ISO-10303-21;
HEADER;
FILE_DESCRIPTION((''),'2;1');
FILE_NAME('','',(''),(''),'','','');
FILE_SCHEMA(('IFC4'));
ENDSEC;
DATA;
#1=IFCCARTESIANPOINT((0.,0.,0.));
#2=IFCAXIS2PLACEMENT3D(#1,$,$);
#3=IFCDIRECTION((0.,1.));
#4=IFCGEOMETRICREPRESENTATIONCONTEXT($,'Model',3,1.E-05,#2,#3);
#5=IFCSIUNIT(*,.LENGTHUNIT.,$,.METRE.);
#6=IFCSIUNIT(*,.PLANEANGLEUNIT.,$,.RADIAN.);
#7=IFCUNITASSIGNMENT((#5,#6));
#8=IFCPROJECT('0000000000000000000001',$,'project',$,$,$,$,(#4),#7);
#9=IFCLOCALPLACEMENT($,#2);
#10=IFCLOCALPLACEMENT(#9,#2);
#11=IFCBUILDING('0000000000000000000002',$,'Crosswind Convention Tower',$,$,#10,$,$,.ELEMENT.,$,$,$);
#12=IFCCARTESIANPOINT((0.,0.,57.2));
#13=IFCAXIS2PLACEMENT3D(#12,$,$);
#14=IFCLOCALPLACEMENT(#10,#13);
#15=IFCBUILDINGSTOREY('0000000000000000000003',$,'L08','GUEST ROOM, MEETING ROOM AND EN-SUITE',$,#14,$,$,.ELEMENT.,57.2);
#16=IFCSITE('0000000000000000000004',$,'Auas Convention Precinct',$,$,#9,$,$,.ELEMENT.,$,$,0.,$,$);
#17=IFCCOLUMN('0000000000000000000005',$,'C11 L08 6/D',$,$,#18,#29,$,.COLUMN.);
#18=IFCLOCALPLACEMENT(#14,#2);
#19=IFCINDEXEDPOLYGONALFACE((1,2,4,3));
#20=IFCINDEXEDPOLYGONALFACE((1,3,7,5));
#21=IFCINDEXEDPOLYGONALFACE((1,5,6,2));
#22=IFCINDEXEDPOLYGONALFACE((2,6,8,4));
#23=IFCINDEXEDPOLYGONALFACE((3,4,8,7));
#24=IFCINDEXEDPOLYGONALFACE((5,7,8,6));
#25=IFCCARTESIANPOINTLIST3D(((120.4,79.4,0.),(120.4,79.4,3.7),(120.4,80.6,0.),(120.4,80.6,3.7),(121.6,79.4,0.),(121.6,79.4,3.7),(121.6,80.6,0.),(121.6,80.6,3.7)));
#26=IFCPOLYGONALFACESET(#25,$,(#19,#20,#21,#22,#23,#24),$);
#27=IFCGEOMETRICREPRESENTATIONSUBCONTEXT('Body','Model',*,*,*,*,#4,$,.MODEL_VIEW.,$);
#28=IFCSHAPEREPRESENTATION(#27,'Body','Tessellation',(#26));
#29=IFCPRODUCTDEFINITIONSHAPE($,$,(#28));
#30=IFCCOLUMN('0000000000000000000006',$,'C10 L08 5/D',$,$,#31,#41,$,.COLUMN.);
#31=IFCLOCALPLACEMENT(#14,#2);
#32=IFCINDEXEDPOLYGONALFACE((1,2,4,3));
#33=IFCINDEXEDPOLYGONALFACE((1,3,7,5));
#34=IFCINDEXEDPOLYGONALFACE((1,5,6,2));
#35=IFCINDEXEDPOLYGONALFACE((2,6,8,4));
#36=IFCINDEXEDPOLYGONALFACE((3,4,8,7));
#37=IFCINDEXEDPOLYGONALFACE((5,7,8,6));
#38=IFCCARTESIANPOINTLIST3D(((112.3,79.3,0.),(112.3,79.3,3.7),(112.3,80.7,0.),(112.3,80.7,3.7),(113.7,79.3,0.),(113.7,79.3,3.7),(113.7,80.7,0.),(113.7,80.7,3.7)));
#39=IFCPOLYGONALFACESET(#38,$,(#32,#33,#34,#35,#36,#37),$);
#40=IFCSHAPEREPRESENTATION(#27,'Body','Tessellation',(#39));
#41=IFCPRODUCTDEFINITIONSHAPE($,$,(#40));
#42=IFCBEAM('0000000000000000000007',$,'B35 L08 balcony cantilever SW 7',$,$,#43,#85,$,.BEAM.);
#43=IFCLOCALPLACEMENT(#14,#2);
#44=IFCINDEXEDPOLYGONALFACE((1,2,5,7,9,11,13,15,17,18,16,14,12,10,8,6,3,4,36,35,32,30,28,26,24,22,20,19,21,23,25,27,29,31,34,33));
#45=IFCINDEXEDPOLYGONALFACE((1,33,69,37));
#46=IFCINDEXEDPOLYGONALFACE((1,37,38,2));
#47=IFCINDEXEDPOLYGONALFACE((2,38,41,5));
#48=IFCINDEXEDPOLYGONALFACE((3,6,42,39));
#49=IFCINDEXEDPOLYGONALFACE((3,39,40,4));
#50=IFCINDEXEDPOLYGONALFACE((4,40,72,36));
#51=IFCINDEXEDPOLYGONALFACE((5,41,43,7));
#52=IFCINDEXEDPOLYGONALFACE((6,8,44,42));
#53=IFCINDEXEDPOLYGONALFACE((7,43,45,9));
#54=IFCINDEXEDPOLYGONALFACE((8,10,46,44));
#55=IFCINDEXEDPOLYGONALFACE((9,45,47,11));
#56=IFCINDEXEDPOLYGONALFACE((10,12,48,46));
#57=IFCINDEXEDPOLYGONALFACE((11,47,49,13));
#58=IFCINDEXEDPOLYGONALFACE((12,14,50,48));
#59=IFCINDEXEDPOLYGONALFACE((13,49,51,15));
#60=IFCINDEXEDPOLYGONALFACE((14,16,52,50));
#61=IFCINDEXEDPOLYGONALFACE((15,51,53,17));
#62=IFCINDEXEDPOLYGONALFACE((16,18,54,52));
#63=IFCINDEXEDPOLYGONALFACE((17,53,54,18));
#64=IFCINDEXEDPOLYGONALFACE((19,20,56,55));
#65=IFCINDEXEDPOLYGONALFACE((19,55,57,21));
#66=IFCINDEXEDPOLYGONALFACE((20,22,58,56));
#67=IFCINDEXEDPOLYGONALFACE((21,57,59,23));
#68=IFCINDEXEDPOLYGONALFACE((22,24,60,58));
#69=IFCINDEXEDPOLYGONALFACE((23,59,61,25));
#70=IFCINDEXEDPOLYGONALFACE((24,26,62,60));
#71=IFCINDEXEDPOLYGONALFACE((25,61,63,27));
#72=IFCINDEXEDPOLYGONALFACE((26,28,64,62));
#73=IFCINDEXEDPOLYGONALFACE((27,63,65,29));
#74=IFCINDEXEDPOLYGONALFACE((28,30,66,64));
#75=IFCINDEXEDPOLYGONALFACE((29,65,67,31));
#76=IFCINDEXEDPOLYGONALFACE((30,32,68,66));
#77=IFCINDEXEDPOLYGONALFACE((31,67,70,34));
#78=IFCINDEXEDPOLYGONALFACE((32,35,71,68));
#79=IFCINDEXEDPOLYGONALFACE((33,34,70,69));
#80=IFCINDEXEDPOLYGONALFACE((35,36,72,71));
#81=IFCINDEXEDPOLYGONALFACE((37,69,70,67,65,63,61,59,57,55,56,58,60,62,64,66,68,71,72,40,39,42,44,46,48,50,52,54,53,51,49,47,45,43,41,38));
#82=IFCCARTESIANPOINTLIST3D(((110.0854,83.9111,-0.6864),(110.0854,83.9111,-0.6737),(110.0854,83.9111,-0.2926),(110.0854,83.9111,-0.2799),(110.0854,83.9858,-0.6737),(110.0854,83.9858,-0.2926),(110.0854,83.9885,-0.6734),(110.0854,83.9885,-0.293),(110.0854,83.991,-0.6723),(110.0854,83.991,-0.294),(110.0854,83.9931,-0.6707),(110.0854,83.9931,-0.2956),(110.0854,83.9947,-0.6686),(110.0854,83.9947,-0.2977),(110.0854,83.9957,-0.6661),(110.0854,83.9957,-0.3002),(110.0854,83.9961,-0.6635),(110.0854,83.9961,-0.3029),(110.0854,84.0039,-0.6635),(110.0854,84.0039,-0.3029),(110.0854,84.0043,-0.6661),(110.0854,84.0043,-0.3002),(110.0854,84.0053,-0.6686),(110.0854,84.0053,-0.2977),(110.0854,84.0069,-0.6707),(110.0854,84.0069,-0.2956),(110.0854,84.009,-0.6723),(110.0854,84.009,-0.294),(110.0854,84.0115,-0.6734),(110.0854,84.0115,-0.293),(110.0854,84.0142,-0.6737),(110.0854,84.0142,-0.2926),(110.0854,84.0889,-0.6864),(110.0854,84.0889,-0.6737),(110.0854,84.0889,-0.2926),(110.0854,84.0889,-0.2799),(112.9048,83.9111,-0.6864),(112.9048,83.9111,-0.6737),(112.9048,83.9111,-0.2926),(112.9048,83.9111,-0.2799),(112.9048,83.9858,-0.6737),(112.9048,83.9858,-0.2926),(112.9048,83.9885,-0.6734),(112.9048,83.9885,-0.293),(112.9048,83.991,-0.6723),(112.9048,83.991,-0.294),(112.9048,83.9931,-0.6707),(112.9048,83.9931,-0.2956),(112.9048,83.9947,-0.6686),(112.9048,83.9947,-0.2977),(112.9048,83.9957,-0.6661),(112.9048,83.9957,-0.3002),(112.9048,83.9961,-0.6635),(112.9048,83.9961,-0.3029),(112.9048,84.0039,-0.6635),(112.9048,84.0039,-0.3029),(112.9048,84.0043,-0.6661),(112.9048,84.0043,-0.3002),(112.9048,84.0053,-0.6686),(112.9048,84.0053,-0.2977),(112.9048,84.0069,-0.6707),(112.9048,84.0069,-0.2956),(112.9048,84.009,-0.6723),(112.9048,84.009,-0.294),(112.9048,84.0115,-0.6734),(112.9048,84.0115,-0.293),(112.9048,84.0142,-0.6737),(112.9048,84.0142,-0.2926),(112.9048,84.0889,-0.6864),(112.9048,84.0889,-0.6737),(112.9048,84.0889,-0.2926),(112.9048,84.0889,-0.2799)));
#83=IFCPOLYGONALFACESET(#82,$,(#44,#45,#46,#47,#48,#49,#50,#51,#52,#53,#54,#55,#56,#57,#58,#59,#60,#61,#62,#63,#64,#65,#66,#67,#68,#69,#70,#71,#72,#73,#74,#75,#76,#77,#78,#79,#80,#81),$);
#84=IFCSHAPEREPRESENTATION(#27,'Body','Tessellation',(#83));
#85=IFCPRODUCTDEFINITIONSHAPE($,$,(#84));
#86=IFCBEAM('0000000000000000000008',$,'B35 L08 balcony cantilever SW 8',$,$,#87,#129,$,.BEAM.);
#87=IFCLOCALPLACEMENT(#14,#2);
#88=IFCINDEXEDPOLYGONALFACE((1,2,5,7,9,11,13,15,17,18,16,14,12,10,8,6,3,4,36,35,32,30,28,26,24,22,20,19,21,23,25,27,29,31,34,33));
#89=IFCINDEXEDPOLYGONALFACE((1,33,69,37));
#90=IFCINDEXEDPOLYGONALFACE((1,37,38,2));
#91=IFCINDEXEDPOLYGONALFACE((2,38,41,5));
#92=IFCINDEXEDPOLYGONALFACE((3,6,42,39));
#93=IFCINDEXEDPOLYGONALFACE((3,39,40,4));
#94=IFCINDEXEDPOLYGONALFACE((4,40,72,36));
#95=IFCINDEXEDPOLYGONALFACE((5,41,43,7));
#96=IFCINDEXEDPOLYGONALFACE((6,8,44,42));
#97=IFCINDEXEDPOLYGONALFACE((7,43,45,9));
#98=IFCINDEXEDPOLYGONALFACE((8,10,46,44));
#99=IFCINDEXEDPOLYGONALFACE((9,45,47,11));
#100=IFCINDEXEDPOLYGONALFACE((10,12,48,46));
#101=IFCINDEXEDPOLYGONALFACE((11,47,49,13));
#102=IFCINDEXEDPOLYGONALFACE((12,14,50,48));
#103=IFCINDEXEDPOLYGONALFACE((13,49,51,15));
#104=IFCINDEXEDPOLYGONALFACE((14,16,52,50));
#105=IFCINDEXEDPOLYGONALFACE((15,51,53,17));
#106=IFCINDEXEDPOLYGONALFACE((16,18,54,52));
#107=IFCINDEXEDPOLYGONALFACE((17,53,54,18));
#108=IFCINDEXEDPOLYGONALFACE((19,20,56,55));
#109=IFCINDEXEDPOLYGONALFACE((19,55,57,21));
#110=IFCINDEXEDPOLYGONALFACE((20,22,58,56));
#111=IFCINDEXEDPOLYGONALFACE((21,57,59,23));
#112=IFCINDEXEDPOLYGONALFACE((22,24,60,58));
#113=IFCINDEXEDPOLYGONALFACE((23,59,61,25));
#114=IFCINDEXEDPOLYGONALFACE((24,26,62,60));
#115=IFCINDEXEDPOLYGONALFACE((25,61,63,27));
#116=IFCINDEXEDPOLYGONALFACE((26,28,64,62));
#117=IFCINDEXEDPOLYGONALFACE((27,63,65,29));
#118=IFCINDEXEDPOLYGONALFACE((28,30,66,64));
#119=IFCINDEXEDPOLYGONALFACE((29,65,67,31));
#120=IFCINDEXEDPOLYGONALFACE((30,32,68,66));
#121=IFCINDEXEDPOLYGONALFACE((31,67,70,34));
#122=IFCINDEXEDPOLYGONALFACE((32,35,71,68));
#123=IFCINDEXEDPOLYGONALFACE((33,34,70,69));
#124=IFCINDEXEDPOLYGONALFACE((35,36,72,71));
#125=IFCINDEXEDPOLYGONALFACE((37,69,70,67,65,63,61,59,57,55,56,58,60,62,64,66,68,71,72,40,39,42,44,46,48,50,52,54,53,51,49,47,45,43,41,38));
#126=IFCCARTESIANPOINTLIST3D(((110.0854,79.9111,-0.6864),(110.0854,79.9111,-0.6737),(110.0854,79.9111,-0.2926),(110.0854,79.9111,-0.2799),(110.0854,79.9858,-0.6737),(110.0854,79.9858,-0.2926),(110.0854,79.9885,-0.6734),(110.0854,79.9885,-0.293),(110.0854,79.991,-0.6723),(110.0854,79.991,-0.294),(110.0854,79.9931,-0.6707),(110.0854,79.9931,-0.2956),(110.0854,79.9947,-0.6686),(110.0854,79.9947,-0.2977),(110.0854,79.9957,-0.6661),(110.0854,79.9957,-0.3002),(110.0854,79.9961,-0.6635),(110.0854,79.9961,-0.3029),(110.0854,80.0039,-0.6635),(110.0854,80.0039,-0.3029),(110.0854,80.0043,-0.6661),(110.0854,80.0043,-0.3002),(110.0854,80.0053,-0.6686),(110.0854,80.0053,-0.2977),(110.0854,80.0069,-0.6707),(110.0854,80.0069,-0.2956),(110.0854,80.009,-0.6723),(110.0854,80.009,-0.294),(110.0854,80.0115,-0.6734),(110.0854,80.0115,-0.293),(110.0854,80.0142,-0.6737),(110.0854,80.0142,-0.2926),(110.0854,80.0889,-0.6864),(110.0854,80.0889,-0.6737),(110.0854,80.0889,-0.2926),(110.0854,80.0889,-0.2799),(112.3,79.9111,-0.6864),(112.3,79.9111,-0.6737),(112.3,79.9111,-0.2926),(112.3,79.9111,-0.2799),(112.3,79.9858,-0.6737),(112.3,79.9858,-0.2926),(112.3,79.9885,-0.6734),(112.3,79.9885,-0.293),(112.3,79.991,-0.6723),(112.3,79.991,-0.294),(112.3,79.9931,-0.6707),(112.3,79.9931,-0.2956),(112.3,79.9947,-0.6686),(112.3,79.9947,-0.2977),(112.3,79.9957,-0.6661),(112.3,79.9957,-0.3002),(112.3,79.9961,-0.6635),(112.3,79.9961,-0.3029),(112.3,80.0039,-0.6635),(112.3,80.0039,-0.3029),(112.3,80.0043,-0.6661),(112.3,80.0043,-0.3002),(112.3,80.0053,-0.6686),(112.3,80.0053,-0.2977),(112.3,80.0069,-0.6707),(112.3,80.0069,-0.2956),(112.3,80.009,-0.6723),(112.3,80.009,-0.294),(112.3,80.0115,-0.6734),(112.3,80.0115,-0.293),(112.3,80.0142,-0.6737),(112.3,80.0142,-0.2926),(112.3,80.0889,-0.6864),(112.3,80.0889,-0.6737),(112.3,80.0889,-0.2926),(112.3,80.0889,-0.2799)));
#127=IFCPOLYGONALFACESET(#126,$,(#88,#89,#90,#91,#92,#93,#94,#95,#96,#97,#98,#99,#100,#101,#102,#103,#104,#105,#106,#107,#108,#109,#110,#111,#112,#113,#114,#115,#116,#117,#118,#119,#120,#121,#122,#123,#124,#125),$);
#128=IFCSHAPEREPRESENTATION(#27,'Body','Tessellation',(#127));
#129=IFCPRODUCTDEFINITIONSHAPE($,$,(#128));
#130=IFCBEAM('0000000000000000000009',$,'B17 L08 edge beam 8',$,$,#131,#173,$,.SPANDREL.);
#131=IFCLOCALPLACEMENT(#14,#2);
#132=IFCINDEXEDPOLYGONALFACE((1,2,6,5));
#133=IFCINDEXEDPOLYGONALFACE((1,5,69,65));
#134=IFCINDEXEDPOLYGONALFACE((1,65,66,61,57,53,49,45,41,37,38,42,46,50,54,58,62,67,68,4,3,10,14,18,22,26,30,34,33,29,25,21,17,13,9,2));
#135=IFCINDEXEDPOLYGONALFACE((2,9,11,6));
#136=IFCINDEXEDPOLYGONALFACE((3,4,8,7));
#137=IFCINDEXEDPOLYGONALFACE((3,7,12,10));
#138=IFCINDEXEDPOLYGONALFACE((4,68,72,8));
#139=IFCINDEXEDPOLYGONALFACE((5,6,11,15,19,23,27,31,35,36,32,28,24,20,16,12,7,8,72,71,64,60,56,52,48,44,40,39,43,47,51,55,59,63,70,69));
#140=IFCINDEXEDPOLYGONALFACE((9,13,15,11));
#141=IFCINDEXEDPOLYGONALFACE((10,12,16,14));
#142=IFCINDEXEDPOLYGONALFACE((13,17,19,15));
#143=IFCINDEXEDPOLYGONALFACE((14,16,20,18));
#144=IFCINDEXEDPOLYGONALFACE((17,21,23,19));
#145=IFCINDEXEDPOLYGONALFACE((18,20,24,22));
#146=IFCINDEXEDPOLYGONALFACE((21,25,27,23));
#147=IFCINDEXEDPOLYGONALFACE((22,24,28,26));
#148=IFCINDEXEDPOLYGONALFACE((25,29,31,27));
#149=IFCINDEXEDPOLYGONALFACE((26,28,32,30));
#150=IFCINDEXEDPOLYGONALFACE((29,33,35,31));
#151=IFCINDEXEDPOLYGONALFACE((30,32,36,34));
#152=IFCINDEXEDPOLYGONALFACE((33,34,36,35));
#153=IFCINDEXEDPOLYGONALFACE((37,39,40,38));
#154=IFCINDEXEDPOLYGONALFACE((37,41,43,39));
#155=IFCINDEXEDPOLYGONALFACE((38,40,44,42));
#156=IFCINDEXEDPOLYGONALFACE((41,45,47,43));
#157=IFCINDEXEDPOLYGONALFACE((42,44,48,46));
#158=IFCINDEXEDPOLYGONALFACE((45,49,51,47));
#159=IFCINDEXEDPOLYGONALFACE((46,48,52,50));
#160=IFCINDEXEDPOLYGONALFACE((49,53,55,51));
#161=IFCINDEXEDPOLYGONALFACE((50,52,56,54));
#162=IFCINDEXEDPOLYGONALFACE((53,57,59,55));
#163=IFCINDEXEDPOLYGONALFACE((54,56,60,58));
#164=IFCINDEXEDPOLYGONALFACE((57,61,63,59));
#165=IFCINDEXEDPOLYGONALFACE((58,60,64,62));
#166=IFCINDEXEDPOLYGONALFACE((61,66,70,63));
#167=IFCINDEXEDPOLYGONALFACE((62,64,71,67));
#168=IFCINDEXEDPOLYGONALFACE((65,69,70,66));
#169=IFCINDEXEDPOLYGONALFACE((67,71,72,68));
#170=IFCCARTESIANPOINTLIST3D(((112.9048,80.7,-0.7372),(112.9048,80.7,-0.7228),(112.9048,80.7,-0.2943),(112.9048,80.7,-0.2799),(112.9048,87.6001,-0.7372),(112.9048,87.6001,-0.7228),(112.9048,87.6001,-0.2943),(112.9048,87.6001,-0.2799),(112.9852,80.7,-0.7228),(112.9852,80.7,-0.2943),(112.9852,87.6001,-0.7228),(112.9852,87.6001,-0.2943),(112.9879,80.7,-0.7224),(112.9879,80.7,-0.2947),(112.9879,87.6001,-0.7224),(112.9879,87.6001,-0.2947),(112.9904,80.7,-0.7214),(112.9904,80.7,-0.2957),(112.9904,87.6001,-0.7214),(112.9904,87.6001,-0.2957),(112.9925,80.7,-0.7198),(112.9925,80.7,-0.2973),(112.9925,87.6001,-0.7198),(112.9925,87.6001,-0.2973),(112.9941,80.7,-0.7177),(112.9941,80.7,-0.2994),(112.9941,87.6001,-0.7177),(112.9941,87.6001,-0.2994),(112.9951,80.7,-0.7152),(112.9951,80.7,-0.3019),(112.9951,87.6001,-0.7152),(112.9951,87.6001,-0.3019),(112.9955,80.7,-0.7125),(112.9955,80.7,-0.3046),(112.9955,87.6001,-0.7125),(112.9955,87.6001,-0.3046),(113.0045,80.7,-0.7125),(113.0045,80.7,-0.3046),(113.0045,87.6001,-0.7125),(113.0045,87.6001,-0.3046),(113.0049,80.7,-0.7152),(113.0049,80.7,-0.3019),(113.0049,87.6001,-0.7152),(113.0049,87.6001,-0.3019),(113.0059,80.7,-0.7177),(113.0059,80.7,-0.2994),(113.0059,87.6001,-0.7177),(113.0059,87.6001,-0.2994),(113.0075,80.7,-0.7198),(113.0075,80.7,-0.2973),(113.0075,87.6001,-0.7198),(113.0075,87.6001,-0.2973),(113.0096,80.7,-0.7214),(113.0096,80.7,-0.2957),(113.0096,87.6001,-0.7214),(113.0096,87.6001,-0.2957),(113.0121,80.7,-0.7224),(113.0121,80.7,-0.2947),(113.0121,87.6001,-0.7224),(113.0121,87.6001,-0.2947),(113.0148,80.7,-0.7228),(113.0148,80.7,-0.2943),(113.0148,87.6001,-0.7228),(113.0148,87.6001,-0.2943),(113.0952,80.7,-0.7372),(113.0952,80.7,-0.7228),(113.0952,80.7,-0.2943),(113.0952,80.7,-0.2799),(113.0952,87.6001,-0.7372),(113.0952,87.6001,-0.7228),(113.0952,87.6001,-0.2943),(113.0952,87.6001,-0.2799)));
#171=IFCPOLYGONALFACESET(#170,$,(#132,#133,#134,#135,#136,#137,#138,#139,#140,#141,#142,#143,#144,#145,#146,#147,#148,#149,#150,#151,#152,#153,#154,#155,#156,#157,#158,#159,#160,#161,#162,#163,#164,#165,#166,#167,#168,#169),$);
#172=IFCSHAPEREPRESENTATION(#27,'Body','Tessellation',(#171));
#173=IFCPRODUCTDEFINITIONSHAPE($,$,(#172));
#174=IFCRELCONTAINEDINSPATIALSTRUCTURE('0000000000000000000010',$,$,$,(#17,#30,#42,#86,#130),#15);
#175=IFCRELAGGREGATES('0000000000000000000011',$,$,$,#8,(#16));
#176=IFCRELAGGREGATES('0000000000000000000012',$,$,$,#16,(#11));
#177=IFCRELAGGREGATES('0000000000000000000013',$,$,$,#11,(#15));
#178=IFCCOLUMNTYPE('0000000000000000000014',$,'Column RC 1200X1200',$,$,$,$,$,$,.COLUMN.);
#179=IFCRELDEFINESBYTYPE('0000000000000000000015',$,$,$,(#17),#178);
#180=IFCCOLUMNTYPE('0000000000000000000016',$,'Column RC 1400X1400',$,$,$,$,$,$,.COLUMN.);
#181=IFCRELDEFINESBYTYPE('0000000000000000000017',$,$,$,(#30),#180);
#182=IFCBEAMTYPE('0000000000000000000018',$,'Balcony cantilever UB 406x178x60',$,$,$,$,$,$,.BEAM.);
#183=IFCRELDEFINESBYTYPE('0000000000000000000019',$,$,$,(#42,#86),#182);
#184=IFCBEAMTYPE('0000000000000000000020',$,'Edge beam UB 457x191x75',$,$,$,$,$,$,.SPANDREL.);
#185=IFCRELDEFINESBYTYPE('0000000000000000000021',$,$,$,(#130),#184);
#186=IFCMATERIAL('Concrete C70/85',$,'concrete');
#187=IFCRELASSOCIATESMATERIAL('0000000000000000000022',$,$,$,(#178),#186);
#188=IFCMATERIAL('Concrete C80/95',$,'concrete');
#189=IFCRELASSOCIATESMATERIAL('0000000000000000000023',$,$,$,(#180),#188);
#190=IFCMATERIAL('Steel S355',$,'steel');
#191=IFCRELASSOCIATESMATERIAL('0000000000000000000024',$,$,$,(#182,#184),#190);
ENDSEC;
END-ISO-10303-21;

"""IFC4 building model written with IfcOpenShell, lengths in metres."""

from ifc_helpers import new_model, si_unit, direction, frame, origin, origin_2d, place, context, subcontext, project, spatial, rectangle, i_section, extrude, material, material_profile, profile_set, type_object, element, save


model = new_model("IFC4")

# Units and contexts
model_context = context("Model", 3, precision=1e-05, world=origin(), true_north=direction((0.0, 1.0)))
body_context = subcontext(model_context, "Body", "Model", "MODEL_VIEW")
ifc_project = project(units=[si_unit("LENGTHUNIT", "METRE"), si_unit("PLANEANGLEUNIT", "RADIAN")], contexts=[model_context])

# Site, building, storey
site_placement = place(None, origin())
site = spatial("IfcSite", under=ifc_project, at=site_placement, Name="Auas Convention Precinct", CompositionType="ELEMENT", RefElevation=0.0)
building_placement = place(site_placement, origin())
building = spatial("IfcBuilding", under=site, at=building_placement, Name="Crosswind Convention Tower", CompositionType="ELEMENT")
storey_placement = place(building_placement, frame((0.0, 0.0, 57.2)))
storey = spatial("IfcBuildingStorey", under=building, at=storey_placement, Name="L08", Description="GUEST ROOM, MEETING ROOM AND EN-SUITE", CompositionType="ELEMENT", Elevation=57.2)

# Columns
ifc_material_1 = material(Name="Concrete C70/85", Category="concrete")
ifc_material_profile_1 = material_profile(ifc_material_1, rectangle(XDim=1.2, YDim=1.2, at=origin_2d()), Name="RC 1200X1200")
ifc_profile_set_1 = profile_set([ifc_material_profile_1], Name="Concrete C70/85")
column_type_1 = type_object("IfcColumnType", Name="Column RC 1200X1200", PredefinedType="COLUMN", material=ifc_profile_set_1)
column_1_placement = place(storey_placement, frame((121.0, 80.0, 0.0), z_axis=(0.0, 0.0, 1.0), x_axis=(1.0, 0.0, 0.0)))
element("IfcColumn", 1, at=column_1_placement, inside=storey, type_object=column_type_1, Name="C11 L08 6/D", PredefinedType="COLUMN", context=body_context, shape_type="SweptSolid", body=[
    extrude(rectangle(XDim=1.2, YDim=1.2, at=origin_2d()), origin(), (0.0, 0.0, 1.0), 3.7),
])
ifc_material_2 = material(Name="Concrete C80/95", Category="concrete")
ifc_material_profile_2 = material_profile(ifc_material_2, rectangle(XDim=1.3999, YDim=1.3999, at=origin_2d()), Name="RC 1400X1400")
ifc_profile_set_2 = profile_set([ifc_material_profile_2], Name="Concrete C80/95")
column_type_2 = type_object("IfcColumnType", Name="Column RC 1400X1400", PredefinedType="COLUMN", material=ifc_profile_set_2)
column_2_placement = place(storey_placement, frame((113.0, 80.0, 0.0), z_axis=(0.0, 0.0, 1.0), x_axis=(1.0, 0.0, 0.0)))
element("IfcColumn", 2, at=column_2_placement, inside=storey, type_object=column_type_2, Name="C10 L08 5/D", PredefinedType="COLUMN", context=body_context, shape_type="SweptSolid", body=[
    extrude(rectangle(XDim=1.3999, YDim=1.3999, at=origin_2d()), origin(), (0.0, 0.0, 1.0), 3.7),
])

# Beams
ifc_material_3 = material(Name="Steel S355", Category="steel")
ifc_material_profile_3 = material_profile(ifc_material_3, i_section(OverallWidth=0.1777, OverallDepth=0.4065, WebThickness=0.0078, FlangeThickness=0.0127, FilletRadius=0.0103, at=origin_2d()), Name="UB 406x178x60")
ifc_profile_set_3 = profile_set([ifc_material_profile_3], Name="Steel S355")
beam_type_1 = type_object("IfcBeamType", Name="Balcony cantilever UB 406x178x60", PredefinedType="BEAM", material=ifc_profile_set_3)
beam_1_placement = place(storey_placement, frame((112.9048, 84.0, -0.4832), z_axis=(-1.0, 0.0, 0.0), x_axis=(0.0, -1.0, 0.0)))
element("IfcBeam", 3, at=beam_1_placement, inside=storey, type_object=beam_type_1, Name="B35 L08 balcony cantilever SW 7", PredefinedType="BEAM", context=body_context, shape_type="SweptSolid", body=[
    extrude(i_section(OverallWidth=0.1777, OverallDepth=0.4065, WebThickness=0.0078, FlangeThickness=0.0127, FilletRadius=0.0103, at=origin_2d()), origin(), (0.0, 0.0, 1.0), 2.8193),
])
beam_2_placement = place(storey_placement, frame((112.3, 80.0, -0.4832), z_axis=(-1.0, 0.0, 0.0), x_axis=(0.0, -1.0, 0.0)))
element("IfcBeam", 4, at=beam_2_placement, inside=storey, type_object=beam_type_1, Name="B35 L08 balcony cantilever SW 8", PredefinedType="BEAM", context=body_context, shape_type="SweptSolid", body=[
    extrude(i_section(OverallWidth=0.1777, OverallDepth=0.4065, WebThickness=0.0078, FlangeThickness=0.0127, FilletRadius=0.0103, at=origin_2d()), origin(), (0.0, 0.0, 1.0), 2.2146),
])
ifc_material_profile_4 = material_profile(ifc_material_3, i_section(OverallWidth=0.1904, OverallDepth=0.4573, WebThickness=0.009, FlangeThickness=0.0144, FilletRadius=0.0103, at=origin_2d()), Name="UB 457x191x75")
ifc_profile_set_4 = profile_set([ifc_material_profile_4], Name="Steel S355")
beam_type_2 = type_object("IfcBeamType", Name="Edge beam UB 457x191x75", PredefinedType="SPANDREL", material=ifc_profile_set_4)
beam_3_placement = place(storey_placement, frame((113.0, 80.7, -0.5085), z_axis=(0.0, 1.0, 0.0), x_axis=(-1.0, 0.0, 0.0)))
element("IfcBeam", 5, at=beam_3_placement, inside=storey, type_object=beam_type_2, Name="B17 L08 edge beam 8", PredefinedType="SPANDREL", context=body_context, shape_type="SweptSolid", body=[
    extrude(i_section(OverallWidth=0.1904, OverallDepth=0.4573, WebThickness=0.009, FlangeThickness=0.0144, FilletRadius=0.0103, at=origin_2d()), origin(), (0.0, 0.0, 1.0), 6.9001),
])

save(model, "model.ifc")
